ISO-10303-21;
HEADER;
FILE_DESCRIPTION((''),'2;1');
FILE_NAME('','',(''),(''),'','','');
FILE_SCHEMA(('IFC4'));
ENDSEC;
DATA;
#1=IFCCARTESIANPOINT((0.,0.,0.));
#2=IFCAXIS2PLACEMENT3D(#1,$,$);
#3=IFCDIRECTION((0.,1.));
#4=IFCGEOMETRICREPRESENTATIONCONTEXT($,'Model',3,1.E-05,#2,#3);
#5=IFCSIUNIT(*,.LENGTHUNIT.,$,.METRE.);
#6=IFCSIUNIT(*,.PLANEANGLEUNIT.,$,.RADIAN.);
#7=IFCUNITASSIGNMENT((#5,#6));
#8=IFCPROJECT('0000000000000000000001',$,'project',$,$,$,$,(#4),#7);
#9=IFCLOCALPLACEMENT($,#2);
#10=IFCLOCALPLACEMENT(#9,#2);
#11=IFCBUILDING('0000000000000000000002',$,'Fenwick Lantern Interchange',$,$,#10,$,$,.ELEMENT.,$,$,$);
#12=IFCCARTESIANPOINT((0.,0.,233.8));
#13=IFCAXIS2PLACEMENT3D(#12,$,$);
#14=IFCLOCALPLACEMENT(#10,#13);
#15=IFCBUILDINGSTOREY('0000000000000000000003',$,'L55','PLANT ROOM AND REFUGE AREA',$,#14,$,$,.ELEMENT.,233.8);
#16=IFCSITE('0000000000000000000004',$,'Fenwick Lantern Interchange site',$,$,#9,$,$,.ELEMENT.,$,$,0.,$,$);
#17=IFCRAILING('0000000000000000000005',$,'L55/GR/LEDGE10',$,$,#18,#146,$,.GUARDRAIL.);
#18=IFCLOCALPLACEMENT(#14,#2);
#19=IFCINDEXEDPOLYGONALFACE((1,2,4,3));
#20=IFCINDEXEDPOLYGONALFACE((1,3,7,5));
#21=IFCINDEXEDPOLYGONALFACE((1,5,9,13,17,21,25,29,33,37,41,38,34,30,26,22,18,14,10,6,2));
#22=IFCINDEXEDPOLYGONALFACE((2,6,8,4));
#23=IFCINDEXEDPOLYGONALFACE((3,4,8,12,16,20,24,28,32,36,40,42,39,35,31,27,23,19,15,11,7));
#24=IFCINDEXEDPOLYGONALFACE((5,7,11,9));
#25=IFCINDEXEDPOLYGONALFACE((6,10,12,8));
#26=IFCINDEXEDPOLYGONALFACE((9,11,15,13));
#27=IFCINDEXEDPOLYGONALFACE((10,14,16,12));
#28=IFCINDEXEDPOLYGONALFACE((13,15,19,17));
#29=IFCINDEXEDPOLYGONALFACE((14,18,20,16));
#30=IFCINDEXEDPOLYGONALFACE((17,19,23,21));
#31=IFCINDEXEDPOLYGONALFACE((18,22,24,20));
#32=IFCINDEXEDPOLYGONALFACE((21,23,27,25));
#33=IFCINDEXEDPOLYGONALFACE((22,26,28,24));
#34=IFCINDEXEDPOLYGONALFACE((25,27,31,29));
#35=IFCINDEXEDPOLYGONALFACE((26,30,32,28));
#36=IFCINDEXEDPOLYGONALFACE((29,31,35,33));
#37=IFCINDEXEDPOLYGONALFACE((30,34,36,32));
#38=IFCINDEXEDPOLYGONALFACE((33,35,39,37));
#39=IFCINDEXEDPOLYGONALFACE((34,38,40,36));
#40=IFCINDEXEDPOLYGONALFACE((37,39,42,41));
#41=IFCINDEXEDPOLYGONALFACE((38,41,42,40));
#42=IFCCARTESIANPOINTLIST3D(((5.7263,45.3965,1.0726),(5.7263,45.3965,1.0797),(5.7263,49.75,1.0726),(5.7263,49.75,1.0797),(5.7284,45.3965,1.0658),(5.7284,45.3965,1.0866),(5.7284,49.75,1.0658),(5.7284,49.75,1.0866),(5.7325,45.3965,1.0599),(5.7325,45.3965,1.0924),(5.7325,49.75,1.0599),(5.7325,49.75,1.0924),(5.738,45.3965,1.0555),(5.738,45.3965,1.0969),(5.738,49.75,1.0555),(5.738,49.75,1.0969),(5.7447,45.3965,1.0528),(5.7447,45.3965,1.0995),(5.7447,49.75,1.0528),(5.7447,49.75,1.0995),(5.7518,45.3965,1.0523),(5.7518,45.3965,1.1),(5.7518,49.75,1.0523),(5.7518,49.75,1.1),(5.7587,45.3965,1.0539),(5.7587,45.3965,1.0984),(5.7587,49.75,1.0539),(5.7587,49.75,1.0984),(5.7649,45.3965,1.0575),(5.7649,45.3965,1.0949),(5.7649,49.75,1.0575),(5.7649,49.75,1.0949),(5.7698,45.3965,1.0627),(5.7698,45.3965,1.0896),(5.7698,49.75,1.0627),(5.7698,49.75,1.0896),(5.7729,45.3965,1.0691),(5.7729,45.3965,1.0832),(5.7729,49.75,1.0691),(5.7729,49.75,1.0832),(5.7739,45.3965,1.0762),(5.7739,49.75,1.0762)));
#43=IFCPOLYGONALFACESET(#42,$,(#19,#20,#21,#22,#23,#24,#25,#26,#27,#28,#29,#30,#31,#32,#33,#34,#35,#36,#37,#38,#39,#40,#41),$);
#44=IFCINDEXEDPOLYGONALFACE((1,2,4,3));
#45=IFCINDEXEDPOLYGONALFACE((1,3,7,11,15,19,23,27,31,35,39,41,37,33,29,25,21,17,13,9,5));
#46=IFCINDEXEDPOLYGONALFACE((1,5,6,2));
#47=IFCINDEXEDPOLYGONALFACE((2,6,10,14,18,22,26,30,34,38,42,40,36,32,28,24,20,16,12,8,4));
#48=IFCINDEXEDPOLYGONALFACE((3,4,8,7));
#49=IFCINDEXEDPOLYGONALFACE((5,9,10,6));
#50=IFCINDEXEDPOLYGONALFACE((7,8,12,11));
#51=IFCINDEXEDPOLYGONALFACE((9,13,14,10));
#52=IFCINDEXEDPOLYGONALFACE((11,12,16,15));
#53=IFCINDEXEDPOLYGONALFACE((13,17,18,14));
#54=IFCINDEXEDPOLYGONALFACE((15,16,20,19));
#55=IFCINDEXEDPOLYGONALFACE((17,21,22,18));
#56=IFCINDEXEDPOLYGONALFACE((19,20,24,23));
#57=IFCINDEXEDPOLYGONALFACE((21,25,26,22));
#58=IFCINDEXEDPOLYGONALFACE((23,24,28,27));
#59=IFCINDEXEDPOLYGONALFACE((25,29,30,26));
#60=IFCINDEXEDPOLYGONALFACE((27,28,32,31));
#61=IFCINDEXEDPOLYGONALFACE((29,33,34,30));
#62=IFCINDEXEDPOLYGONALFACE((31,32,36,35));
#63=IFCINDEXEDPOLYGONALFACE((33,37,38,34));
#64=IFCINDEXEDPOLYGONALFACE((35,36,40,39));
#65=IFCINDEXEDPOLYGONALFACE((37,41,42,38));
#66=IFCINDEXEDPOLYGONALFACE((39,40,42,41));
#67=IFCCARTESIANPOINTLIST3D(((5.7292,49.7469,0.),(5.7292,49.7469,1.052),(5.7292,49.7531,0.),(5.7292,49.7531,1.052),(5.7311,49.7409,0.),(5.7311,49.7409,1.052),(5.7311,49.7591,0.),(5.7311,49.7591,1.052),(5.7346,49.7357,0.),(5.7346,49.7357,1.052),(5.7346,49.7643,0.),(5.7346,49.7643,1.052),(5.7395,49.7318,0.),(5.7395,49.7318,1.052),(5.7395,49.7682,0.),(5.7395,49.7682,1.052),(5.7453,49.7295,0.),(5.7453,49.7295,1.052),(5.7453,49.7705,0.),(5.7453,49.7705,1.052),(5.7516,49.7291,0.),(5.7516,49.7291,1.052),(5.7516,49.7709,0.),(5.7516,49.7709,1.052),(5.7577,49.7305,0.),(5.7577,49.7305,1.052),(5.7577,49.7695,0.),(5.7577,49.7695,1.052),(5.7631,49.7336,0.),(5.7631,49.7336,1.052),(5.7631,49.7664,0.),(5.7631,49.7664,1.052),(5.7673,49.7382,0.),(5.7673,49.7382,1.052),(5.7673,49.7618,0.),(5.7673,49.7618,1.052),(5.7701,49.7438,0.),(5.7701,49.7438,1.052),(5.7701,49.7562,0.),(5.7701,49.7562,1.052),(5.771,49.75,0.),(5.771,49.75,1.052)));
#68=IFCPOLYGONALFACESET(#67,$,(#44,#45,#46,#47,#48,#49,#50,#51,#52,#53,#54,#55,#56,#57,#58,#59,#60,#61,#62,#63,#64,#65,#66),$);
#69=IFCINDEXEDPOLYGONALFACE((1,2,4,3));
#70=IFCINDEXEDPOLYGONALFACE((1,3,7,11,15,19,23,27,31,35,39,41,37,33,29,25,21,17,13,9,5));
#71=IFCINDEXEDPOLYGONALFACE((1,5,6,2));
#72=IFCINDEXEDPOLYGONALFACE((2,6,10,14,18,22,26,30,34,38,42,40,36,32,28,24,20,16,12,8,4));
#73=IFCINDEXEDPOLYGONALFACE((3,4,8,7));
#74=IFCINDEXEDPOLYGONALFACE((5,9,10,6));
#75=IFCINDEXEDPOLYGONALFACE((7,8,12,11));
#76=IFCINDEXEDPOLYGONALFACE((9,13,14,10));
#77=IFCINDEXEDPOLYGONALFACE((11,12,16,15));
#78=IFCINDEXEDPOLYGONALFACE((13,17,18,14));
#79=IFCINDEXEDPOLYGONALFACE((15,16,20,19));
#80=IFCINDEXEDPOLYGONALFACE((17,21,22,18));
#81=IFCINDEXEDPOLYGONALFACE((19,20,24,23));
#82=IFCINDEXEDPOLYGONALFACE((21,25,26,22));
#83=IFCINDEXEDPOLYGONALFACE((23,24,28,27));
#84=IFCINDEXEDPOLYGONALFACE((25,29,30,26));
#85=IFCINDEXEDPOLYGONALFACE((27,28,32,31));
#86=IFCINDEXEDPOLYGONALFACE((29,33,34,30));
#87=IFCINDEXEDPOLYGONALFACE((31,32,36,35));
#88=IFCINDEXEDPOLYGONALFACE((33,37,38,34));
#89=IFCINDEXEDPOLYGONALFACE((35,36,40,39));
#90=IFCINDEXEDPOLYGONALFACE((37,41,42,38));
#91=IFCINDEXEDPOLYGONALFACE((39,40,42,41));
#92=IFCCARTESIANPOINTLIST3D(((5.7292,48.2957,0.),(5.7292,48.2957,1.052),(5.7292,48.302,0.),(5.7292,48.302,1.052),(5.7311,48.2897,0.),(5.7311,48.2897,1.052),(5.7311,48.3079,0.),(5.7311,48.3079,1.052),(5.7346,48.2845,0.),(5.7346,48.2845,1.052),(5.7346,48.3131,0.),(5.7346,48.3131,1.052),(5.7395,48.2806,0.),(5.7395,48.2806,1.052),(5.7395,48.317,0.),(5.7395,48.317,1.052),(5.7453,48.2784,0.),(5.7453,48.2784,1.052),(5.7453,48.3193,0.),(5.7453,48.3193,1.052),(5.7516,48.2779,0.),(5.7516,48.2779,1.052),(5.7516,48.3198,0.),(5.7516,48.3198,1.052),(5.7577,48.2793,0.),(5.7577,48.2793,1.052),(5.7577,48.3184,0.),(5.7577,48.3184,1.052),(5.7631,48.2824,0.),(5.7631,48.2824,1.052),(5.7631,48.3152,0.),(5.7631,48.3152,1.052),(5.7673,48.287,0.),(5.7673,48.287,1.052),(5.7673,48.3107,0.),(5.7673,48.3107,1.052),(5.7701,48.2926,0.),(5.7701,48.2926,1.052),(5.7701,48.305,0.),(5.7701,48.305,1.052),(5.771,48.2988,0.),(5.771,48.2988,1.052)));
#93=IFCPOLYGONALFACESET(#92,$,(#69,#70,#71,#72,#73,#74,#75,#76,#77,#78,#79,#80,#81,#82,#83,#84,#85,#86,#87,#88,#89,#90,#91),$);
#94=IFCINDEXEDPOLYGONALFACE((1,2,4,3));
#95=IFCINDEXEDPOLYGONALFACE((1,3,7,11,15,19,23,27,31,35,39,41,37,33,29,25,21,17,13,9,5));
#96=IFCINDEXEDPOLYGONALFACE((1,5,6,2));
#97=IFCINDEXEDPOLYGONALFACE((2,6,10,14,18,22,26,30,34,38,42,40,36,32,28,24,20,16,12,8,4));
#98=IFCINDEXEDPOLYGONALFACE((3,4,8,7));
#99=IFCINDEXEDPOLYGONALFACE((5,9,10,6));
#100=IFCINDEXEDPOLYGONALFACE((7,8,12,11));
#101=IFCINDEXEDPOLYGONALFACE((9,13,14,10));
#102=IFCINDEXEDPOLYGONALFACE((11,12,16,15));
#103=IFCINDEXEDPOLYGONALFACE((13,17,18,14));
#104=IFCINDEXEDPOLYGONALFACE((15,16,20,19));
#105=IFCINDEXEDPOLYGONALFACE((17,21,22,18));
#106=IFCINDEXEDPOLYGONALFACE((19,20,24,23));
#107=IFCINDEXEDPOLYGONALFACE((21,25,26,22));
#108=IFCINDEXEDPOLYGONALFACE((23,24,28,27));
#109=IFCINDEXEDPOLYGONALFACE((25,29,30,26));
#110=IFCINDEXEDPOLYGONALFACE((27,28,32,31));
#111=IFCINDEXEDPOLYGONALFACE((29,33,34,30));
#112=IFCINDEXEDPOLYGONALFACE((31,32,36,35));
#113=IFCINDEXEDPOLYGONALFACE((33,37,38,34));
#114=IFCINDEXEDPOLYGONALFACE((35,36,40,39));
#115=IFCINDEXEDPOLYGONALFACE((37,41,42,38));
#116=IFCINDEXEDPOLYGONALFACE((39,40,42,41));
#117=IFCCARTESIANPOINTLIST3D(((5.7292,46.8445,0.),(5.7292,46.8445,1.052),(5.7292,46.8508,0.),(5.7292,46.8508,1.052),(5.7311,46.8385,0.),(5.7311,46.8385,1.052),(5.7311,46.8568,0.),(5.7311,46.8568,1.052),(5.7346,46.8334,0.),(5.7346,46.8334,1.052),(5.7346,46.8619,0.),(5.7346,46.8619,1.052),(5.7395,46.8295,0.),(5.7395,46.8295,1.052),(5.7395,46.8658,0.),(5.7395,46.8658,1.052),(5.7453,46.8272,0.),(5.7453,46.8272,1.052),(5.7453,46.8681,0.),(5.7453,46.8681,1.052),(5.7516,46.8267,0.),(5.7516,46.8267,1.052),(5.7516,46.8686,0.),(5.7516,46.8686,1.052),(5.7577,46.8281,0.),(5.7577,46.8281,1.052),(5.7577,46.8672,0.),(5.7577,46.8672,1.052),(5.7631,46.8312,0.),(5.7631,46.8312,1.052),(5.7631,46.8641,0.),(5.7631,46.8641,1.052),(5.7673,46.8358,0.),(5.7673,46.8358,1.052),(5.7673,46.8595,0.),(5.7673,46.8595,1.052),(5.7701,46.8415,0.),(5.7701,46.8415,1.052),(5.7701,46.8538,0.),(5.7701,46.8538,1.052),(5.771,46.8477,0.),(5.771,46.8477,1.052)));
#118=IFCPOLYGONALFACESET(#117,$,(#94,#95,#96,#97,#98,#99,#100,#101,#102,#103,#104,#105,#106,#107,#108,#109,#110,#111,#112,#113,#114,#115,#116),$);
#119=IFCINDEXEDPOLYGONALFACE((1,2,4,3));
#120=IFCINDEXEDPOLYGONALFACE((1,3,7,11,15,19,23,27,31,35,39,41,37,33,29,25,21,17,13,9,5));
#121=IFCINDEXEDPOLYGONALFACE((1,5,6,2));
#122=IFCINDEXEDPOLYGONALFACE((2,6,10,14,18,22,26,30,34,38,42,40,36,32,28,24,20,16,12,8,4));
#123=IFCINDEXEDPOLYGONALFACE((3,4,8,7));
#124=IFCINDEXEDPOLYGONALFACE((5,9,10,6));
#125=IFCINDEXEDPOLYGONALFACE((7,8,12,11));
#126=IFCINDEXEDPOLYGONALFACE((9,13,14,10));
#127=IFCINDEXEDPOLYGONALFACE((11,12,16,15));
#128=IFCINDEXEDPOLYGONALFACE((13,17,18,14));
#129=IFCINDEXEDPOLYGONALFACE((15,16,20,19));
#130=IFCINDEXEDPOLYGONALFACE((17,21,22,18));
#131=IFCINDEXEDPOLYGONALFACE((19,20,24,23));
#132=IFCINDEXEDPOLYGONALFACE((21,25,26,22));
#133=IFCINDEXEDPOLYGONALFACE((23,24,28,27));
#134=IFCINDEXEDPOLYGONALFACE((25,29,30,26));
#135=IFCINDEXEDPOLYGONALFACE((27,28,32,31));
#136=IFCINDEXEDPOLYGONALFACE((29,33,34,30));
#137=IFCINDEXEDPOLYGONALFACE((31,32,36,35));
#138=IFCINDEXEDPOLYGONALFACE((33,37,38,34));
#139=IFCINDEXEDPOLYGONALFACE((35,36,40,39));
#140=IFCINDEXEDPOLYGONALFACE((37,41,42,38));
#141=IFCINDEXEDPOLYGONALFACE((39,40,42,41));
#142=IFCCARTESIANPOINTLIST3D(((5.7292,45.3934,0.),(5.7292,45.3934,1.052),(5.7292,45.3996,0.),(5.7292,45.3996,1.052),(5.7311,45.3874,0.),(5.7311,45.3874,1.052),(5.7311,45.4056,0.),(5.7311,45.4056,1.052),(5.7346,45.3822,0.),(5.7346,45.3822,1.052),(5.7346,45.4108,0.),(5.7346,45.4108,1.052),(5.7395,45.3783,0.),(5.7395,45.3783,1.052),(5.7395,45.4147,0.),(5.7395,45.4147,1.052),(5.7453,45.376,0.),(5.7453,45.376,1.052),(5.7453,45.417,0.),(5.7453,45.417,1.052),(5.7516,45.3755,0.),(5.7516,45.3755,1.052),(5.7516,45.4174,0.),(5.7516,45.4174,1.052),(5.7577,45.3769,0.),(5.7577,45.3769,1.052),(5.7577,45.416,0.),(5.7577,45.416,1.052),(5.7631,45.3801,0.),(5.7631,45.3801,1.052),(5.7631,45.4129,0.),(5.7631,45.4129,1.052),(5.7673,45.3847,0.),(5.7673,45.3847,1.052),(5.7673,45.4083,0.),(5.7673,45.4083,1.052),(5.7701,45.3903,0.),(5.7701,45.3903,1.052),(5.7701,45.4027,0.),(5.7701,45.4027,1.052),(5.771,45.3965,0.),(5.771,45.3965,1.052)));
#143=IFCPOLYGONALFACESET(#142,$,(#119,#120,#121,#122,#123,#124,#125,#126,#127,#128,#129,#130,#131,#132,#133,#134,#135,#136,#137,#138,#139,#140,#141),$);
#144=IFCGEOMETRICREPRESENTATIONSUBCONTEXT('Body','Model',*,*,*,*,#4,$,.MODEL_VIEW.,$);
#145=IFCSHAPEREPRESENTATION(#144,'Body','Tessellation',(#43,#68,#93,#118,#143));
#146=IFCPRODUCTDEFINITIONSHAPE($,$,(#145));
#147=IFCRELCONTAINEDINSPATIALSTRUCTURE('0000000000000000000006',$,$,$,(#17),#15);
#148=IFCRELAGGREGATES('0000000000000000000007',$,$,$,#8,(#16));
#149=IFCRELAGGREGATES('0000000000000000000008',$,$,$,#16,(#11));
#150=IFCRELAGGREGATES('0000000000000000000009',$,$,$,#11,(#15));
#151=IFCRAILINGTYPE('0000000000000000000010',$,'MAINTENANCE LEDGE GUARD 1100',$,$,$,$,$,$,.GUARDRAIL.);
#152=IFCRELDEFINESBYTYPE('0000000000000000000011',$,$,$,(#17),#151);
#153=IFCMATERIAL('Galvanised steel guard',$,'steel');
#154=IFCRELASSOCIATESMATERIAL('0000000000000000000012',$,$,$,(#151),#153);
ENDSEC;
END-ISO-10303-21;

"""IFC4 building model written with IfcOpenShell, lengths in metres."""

from ifc_helpers import new_model, si_unit, direction, frame, origin, origin_2d, place, context, subcontext, project, spatial, circle, extrude, material, type_object, element, save


model = new_model("IFC4")

# Units and contexts
model_context = context("Model", 3, precision=1e-05, world=origin(), true_north=direction((0.0, 1.0)))
body_context = subcontext(model_context, "Body", "Model", "MODEL_VIEW")
ifc_project = project(units=[si_unit("LENGTHUNIT", "METRE"), si_unit("PLANEANGLEUNIT", "RADIAN")], contexts=[model_context])

# Site, building, storey
site_placement = place(None, origin())
site = spatial("IfcSite", under=ifc_project, at=site_placement, Name="Fenwick Lantern Interchange site", CompositionType="ELEMENT", RefElevation=0.0)
building_placement = place(site_placement, origin())
building = spatial("IfcBuilding", under=site, at=building_placement, Name="Fenwick Lantern Interchange", CompositionType="ELEMENT")
storey_placement = place(building_placement, frame((0.0, 0.0, 233.8)))
storey = spatial("IfcBuildingStorey", under=building, at=storey_placement, Name="L55", Description="PLANT ROOM AND REFUGE AREA", CompositionType="ELEMENT", Elevation=233.8)

# Railing
ifc_material_1 = material(Name="Galvanised steel guard", Category="steel")
railing_type = type_object("IfcRailingType", Name="MAINTENANCE LEDGE GUARD 1100", PredefinedType="GUARDRAIL", material=ifc_material_1)
railing_1_placement = place(storey_placement, frame((5.75, 49.75, 0.0)))
element("IfcRailing", 1, at=railing_1_placement, inside=storey, type_object=railing_type, Name="L55/GR/LEDGE10", PredefinedType="GUARDRAIL", context=body_context, shape_type="SweptSolid", body=[
    extrude(circle(Radius=0.0239, at=origin_2d()), frame((0.0, 0.0, 1.0762), z_axis=(0.0, -1.0, 0.0), x_axis=(1.0, 0.0, 0.0)), (0.0, 0.0, 1.0), 4.3535),
    extrude(circle(Radius=0.021, at=origin_2d()), origin(), (0.0, 0.0, 1.0), 1.052),
    extrude(circle(Radius=0.021, at=origin_2d()), frame((0.0, -1.4512, 0.0)), (0.0, 0.0, 1.0), 1.052),
    extrude(circle(Radius=0.021, at=origin_2d()), frame((0.0, -2.9023, 0.0)), (0.0, 0.0, 1.0), 1.052),
    extrude(circle(Radius=0.021, at=origin_2d()), frame((0.0, -4.3535, 0.0)), (0.0, 0.0, 1.0), 1.052),
])

save(model, "model.ifc")
